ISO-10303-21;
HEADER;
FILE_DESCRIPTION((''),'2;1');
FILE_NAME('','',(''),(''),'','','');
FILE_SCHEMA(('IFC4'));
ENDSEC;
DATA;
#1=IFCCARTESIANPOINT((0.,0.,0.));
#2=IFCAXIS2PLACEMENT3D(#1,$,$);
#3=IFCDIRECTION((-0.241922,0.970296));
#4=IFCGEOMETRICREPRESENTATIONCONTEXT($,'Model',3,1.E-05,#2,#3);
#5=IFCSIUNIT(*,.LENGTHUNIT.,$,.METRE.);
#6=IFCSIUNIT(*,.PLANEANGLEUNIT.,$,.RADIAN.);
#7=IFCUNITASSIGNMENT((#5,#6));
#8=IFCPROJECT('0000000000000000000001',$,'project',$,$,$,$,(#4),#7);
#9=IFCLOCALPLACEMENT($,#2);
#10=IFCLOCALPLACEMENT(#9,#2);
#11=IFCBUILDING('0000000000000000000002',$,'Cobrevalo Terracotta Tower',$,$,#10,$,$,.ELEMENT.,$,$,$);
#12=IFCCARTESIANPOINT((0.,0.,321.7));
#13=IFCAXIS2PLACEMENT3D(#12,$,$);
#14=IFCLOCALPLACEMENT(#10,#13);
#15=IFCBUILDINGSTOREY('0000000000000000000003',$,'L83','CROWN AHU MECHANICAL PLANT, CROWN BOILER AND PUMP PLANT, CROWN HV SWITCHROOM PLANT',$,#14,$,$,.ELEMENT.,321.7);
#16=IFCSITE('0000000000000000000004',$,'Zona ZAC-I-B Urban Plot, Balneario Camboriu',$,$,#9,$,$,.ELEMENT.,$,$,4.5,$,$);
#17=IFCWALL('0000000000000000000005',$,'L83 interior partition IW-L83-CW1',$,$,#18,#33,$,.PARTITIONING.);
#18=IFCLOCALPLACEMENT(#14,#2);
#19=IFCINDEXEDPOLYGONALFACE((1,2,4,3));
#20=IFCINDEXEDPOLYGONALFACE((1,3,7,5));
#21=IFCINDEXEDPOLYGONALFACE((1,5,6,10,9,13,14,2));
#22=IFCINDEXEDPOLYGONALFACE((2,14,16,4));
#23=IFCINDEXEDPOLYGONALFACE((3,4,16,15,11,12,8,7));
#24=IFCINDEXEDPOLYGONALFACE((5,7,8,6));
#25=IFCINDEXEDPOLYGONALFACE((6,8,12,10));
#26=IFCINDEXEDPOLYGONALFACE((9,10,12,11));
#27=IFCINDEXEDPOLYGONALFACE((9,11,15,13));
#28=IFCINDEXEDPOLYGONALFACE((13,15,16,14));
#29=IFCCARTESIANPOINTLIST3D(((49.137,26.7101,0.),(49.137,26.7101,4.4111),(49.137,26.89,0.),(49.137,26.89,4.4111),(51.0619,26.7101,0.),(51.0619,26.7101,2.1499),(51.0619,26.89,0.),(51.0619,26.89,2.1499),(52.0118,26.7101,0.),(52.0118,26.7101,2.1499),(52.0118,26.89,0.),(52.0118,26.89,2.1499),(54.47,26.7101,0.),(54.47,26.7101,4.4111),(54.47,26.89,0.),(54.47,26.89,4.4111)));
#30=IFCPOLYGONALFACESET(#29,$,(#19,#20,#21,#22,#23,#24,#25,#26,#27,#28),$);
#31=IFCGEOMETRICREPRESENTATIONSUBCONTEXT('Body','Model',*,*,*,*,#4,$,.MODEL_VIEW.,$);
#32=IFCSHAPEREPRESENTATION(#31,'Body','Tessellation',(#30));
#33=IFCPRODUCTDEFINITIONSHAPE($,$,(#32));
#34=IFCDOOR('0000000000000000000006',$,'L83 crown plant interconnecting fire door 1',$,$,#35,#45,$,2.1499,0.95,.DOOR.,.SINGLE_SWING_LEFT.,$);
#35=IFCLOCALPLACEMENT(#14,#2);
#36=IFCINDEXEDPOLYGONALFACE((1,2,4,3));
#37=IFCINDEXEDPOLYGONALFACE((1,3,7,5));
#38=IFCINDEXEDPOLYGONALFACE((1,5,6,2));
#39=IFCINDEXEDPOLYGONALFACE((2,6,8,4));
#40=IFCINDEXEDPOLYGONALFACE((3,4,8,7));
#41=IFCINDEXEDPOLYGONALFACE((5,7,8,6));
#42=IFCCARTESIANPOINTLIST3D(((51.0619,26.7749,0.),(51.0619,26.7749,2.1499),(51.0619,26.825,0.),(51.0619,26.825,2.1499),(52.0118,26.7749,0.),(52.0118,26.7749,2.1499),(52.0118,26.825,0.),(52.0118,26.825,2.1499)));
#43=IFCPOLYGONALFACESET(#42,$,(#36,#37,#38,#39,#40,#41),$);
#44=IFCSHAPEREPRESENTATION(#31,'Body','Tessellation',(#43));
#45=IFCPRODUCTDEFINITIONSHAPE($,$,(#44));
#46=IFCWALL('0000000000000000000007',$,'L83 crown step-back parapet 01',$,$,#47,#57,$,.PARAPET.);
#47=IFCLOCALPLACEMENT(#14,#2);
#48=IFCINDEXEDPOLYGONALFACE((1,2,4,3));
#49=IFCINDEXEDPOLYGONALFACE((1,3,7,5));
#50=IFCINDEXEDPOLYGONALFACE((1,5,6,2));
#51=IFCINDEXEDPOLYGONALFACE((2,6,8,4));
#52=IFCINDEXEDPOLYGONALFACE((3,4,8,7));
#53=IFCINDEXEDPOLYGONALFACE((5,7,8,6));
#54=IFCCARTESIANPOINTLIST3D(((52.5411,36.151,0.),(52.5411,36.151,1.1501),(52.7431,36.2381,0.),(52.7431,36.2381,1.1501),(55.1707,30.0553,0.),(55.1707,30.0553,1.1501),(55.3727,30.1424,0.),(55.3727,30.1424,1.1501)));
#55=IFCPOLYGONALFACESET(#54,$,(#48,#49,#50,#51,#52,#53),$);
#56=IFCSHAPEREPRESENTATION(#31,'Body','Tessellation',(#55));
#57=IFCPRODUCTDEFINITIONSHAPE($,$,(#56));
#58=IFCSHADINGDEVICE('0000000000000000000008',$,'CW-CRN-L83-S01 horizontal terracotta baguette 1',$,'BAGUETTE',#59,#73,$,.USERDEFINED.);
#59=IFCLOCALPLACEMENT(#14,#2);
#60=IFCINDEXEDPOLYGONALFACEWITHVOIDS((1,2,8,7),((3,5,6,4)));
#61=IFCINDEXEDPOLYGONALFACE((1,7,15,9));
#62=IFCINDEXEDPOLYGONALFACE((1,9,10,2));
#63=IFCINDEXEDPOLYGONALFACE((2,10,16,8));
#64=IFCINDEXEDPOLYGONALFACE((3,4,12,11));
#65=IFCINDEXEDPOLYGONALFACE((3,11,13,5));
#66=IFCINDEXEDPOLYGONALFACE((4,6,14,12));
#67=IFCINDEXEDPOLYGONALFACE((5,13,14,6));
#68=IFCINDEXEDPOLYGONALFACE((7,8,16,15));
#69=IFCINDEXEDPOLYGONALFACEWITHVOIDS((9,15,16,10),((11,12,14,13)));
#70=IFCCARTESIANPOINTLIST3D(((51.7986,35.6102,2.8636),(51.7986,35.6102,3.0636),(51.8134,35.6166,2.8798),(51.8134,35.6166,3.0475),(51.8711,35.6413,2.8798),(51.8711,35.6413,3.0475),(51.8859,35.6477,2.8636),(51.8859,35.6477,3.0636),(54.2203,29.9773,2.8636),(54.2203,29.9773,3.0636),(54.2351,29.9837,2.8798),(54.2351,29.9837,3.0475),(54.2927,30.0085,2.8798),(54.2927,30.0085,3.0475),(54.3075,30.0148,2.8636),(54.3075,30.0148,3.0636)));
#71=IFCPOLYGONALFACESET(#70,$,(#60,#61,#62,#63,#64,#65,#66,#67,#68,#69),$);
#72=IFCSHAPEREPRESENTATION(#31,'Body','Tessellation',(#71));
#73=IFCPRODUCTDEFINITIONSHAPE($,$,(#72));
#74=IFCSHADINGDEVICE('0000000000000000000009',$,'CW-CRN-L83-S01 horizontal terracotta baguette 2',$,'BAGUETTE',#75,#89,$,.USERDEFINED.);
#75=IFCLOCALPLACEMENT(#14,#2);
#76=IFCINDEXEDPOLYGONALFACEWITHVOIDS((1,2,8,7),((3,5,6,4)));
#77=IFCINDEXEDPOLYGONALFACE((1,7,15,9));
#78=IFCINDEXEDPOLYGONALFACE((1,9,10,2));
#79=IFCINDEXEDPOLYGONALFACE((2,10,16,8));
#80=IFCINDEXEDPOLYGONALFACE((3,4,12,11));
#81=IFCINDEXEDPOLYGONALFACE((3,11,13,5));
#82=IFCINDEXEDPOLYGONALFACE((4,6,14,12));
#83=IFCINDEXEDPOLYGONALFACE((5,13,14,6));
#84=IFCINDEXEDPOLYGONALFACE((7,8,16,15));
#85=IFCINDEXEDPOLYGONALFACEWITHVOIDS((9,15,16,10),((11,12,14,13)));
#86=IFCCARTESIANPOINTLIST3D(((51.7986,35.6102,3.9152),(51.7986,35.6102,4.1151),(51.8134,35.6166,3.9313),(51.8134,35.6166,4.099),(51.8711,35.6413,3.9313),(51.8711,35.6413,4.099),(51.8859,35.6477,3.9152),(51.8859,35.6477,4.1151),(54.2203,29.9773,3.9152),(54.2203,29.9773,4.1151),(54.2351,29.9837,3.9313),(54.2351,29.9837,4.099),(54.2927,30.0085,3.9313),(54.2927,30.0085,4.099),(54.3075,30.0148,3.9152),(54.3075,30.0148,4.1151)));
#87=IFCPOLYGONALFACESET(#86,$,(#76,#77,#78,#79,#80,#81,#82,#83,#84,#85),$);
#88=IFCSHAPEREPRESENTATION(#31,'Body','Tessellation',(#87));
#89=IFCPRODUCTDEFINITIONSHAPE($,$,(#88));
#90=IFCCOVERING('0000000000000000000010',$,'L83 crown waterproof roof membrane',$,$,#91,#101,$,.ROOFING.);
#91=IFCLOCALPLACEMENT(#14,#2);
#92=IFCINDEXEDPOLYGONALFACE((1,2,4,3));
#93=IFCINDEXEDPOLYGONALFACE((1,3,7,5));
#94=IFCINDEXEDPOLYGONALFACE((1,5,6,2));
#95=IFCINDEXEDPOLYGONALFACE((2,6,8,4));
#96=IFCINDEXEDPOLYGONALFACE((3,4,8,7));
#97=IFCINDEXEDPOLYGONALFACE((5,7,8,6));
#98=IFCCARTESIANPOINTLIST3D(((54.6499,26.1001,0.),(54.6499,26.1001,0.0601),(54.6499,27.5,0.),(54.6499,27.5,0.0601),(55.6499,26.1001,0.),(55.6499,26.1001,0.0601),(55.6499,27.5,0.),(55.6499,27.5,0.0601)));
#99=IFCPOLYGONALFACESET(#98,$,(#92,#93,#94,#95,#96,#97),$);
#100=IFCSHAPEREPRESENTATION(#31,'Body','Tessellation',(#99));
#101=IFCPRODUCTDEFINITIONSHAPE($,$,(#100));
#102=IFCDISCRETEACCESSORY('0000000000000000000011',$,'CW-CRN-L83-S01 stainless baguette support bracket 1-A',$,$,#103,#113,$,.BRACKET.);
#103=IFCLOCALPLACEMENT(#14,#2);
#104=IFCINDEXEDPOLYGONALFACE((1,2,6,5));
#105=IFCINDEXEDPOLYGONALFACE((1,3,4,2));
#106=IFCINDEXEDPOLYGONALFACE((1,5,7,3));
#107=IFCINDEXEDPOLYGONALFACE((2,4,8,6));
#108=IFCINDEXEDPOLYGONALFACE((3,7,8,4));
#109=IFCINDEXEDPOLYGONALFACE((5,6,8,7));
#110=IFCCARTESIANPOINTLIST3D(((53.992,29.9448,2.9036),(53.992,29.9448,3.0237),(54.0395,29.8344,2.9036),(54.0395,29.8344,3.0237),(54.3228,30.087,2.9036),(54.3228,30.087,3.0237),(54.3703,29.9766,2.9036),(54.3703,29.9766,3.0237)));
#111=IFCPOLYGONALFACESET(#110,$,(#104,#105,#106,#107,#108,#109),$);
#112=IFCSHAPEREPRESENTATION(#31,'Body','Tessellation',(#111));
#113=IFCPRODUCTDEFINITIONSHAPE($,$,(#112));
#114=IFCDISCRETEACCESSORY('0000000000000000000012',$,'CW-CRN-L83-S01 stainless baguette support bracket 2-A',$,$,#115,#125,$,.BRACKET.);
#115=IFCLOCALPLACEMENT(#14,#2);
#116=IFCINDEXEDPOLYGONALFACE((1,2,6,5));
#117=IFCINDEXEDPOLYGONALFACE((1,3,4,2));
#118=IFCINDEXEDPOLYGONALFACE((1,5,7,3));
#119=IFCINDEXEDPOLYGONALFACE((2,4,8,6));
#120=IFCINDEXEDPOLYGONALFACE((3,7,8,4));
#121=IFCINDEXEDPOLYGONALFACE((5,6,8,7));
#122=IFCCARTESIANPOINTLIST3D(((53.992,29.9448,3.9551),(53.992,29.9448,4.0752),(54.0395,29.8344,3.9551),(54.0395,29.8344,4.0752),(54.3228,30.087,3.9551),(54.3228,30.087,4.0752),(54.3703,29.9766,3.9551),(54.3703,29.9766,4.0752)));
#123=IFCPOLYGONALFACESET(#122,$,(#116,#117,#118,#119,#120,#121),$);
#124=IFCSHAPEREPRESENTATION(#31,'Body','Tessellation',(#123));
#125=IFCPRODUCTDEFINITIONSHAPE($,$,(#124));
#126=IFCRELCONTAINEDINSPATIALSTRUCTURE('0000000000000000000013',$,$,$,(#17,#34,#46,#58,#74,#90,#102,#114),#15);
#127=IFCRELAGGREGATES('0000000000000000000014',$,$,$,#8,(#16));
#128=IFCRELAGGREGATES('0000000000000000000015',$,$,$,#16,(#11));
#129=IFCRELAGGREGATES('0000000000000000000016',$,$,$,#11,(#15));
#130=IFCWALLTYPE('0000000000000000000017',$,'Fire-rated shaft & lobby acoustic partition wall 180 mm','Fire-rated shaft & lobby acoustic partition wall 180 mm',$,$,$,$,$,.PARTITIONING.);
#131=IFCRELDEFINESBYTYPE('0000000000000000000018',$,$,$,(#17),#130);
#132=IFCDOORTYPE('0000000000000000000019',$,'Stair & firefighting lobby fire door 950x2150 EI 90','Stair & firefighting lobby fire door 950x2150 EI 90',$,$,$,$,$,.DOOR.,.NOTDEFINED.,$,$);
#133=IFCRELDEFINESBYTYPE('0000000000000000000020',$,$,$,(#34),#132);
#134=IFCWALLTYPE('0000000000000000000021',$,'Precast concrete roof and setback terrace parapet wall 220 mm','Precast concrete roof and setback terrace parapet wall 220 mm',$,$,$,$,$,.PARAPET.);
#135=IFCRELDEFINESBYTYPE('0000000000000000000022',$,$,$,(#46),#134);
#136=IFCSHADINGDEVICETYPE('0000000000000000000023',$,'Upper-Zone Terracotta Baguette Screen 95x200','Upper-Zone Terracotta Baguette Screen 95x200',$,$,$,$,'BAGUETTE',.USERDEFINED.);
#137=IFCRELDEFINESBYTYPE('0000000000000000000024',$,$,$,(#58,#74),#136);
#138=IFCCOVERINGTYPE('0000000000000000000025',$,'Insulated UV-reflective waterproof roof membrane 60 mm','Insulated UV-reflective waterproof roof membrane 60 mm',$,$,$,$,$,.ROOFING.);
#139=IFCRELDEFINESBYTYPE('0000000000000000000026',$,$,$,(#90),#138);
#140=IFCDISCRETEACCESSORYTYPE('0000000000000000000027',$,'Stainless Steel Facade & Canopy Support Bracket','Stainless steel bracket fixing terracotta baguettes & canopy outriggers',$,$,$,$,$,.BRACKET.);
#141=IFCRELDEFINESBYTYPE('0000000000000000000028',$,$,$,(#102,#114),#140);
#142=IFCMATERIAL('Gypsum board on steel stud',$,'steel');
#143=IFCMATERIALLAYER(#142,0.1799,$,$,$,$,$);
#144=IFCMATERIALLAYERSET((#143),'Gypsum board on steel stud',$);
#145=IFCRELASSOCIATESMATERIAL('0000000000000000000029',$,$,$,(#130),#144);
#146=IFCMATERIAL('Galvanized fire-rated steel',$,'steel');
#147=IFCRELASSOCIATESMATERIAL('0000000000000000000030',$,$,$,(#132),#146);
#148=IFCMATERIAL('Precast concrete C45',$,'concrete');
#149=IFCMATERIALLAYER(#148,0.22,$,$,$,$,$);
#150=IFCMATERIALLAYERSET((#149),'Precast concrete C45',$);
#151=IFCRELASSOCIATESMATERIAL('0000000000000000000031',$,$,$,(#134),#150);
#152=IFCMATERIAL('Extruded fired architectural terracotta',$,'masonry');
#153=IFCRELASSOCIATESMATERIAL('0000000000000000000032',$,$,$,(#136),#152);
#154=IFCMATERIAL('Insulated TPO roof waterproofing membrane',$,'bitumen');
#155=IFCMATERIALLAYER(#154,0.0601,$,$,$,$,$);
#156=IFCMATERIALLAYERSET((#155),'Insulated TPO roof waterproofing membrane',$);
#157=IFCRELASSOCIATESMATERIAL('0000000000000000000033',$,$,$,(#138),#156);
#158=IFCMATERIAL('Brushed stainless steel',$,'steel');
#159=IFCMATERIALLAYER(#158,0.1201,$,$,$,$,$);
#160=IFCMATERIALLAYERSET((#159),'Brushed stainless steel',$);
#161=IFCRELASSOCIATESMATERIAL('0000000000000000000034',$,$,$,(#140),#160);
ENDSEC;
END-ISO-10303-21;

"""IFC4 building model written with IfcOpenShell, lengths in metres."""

from ifc_helpers import new_model, si_unit, direction, frame, frame_2d, origin, origin_2d, place, context, subcontext, project, spatial, rectangle, hollow_rectangle, extrude, source, transform, mapped, material, layer, layer_set, material_profile, profile_set, type_object, element, fill, save


model = new_model("IFC4")

# Units and contexts
model_context = context("Model", 3, precision=1e-05, world=origin(), true_north=direction((-0.241922, 0.970296)))
body_context = subcontext(model_context, "Body", "Model", "MODEL_VIEW")
ifc_project = project(units=[si_unit("LENGTHUNIT", "METRE"), si_unit("PLANEANGLEUNIT", "RADIAN")], contexts=[model_context])

# Site, building, storey
site_placement = place(None, origin())
site = spatial("IfcSite", under=ifc_project, at=site_placement, Name="Zona ZAC-I-B Urban Plot, Balneario Camboriu", CompositionType="ELEMENT", RefElevation=4.5)
building_placement = place(site_placement, origin())
building = spatial("IfcBuilding", under=site, at=building_placement, Name="Cobrevalo Terracotta Tower", CompositionType="ELEMENT")
storey_placement = place(building_placement, frame((0.0, 0.0, 321.7)))
storey = spatial("IfcBuildingStorey", under=building, at=storey_placement, Name="L83", Description="CROWN AHU MECHANICAL PLANT, CROWN BOILER AND PUMP PLANT, CROWN HV SWITCHROOM PLANT", CompositionType="ELEMENT", Elevation=321.7)

# Wall, opening, door
ifc_material_1 = material(Name="Gypsum board on steel stud", Category="steel")
ifc_layer_1 = layer(ifc_material_1, 0.1799)
ifc_layer_set_1 = layer_set([ifc_layer_1], Name="Gypsum board on steel stud")
wall_type_1 = type_object("IfcWallType", Name="Fire-rated shaft & lobby acoustic partition wall 180 mm", Description="Fire-rated shaft & lobby acoustic partition wall 180 mm", PredefinedType="PARTITIONING", material=ifc_layer_set_1)
wall_1_placement = place(storey_placement, frame((49.137, 26.8, 0.0), z_axis=(0.0, 0.0, 1.0), x_axis=(1.0, 0.0, 0.0)))
wall_1 = element("IfcWall", 1, at=wall_1_placement, inside=storey, type_object=wall_type_1, Name="L83 interior partition IW-L83-CW1", PredefinedType="PARTITIONING", context=body_context, shape_type="SweptSolid", body=[
    extrude(rectangle(XDim=5.333, YDim=0.1799, at=frame_2d((2.6665, 0.0))), origin(), (0.0, 0.0, 1.0), 4.4111),
])
opening_placement = place(wall_1_placement, frame((1.9248, 0.0, 0.0)))
opening = element("IfcOpeningElement", 2, at=opening_placement, cuts=wall_1, PredefinedType="OPENING", context=body_context, shape_type="SweptSolid", body=[
    extrude(rectangle(XDim=0.95, YDim=2.1499, at=frame_2d((0.4751, 1.075))), frame((0.0, 0.1001, 0.0), z_axis=(0.0, -1.0, 0.0), x_axis=(1.0, 0.0, 0.0)), (0.0, 0.0, 1.0), 0.2),
])
ifc_material_2 = material(Name="Galvanized fire-rated steel", Category="steel")
door_type = type_object("IfcDoorType", Name="Stair & firefighting lobby fire door 950x2150 EI 90", Description="Stair & firefighting lobby fire door 950x2150 EI 90", OperationType="NOTDEFINED", PredefinedType="DOOR", material=ifc_material_2)
shared_shape_1 = source(origin(), body_context, "Body", "SweptSolid", [
    extrude(rectangle(XDim=0.95, YDim=2.1499, at=frame_2d((0.4751, 1.075))), frame((0.0, 0.0249, 0.0), z_axis=(0.0, -1.0, 0.0), x_axis=(1.0, 0.0, 0.0)), (0.0, 0.0, 1.0), 0.05),
])
door_placement = place(opening_placement, origin())
door = element("IfcDoor", 3, at=door_placement, inside=storey, type_object=door_type, Name="L83 crown plant interconnecting fire door 1", OperationType="SINGLE_SWING_LEFT", OverallHeight=2.1499, OverallWidth=0.95, PredefinedType="DOOR", context=body_context, shape_type="MappedRepresentation", body=[
    mapped(shared_shape_1, transform((0.0, 0.0, 0.0), scale=1.0)),
])
fill(opening, door)

# Wall
ifc_material_3 = material(Name="Precast concrete C45", Category="concrete")
ifc_layer_2 = layer(ifc_material_3, 0.22)
ifc_layer_set_2 = layer_set([ifc_layer_2], Name="Precast concrete C45")
wall_type_2 = type_object("IfcWallType", Name="Precast concrete roof and setback terrace parapet wall 220 mm", Description="Precast concrete roof and setback terrace parapet wall 220 mm", PredefinedType="PARAPET", material=ifc_layer_set_2)
wall_2_placement = place(storey_placement, frame((55.2717, 30.0989, 0.0), z_axis=(0.0, 0.0, 1.0), x_axis=(-0.396106, 0.918205, 0.0)))
element("IfcWall", 4, at=wall_2_placement, inside=storey, type_object=wall_type_2, Name="L83 crown step-back parapet 01", PredefinedType="PARAPET", context=body_context, shape_type="SweptSolid", body=[
    extrude(rectangle(XDim=6.6387, YDim=0.22, at=frame_2d((3.3193, 0.0))), origin(), (0.0, 0.0, 1.0), 1.1501),
])

# Shading devices
ifc_material_4 = material(Name="Extruded fired architectural terracotta", Category="masonry")
ifc_material_profile_1 = material_profile(ifc_material_4, hollow_rectangle(XDim=0.095, YDim=0.2, WallThickness=0.0161, at=origin_2d()), Name="BAGUETTE 95x200")
ifc_profile_set_1 = profile_set([ifc_material_profile_1], Name="Extruded fired architectural terracotta")
shading_device_type = type_object("IfcShadingDeviceType", Name="Upper-Zone Terracotta Baguette Screen 95x200", Description="Upper-Zone Terracotta Baguette Screen 95x200", ElementType="BAGUETTE", PredefinedType="USERDEFINED", material=ifc_profile_set_1)
shared_shape_2 = source(origin(), body_context, "Body", "SweptSolid", [
    extrude(hollow_rectangle(XDim=0.095, YDim=0.2, WallThickness=0.0161, at=origin_2d()), origin(), (0.0, 0.0, 1.0), 6.1313),
])
for number, where, z_axis, x_axis, name in (
    (5, (54.2639, 29.9961, 2.9636), (-0.394962, 0.918698, 0.0), (-0.918698, -0.394962, 0.0), "CW-CRN-L83-S01 horizontal terracotta baguette 1"),
    (6, (54.2639, 29.9961, 4.0151), (-0.394962, 0.918698, 0.0), (-0.918698, -0.394962, 0.0), "CW-CRN-L83-S01 horizontal terracotta baguette 2"),
):
    element("IfcShadingDevice", number, at=place(storey_placement, frame(where, z_axis=z_axis, x_axis=x_axis)), inside=storey, type_object=shading_device_type, Name=name, ObjectType="BAGUETTE", PredefinedType="USERDEFINED", context=body_context, shape_type="MappedRepresentation", body=[
        mapped(shared_shape_2, transform((0.0, 0.0, 0.0), scale=1.0)),
    ])

# Covering
ifc_material_5 = material(Name="Insulated TPO roof waterproofing membrane", Category="bitumen")
ifc_layer_3 = layer(ifc_material_5, 0.0601)
ifc_layer_set_3 = layer_set([ifc_layer_3], Name="Insulated TPO roof waterproofing membrane")
covering_type = type_object("IfcCoveringType", Name="Insulated UV-reflective waterproof roof membrane 60 mm", Description="Insulated UV-reflective waterproof roof membrane 60 mm", PredefinedType="ROOFING", material=ifc_layer_set_3)
shared_shape_3 = source(origin(), body_context, "Body", "SweptSolid", [
    extrude(rectangle(XDim=1.0, YDim=1.3999, at=origin_2d()), origin(), (0.0, 0.0, 1.0), 0.0601),
])
covering_placement = place(storey_placement, frame((55.1499, 26.8, 0.0), z_axis=(0.0, 0.0, 1.0), x_axis=(1.0, 0.0, 0.0)))
element("IfcCovering", 7, at=covering_placement, inside=storey, type_object=covering_type, Name="L83 crown waterproof roof membrane", PredefinedType="ROOFING", context=body_context, shape_type="MappedRepresentation", body=[
    mapped(shared_shape_3, transform((0.0, 0.0, 0.0), scale=1.0)),
])

# Discrete accessories
ifc_material_6 = material(Name="Brushed stainless steel", Category="steel")
ifc_layer_4 = layer(ifc_material_6, 0.1201)
ifc_layer_set_4 = layer_set([ifc_layer_4], Name="Brushed stainless steel")
discrete_accessory_type = type_object("IfcDiscreteAccessoryType", Name="Stainless Steel Facade & Canopy Support Bracket", Description="Stainless steel bracket fixing terracotta baguettes & canopy outriggers", PredefinedType="BRACKET", material=ifc_layer_set_4)
shared_shape_4 = source(origin(), body_context, "Body", "SweptSolid", [
    extrude(rectangle(XDim=0.1201, YDim=0.3601, at=origin_2d()), origin(), (0.0, 0.0, 1.0), 0.1201),
])
for number, where, z_axis, x_axis, name in (
    (8, (54.1812, 29.9607, 2.9036), (0.0, 0.0, 1.0), (-0.39496, 0.918698, 0.0), "CW-CRN-L83-S01 stainless baguette support bracket 1-A"),
    (9, (54.1812, 29.9607, 3.9551), (0.0, 0.0, 1.0), (-0.39496, 0.918698, 0.0), "CW-CRN-L83-S01 stainless baguette support bracket 2-A"),
):
    element("IfcDiscreteAccessory", number, at=place(storey_placement, frame(where, z_axis=z_axis, x_axis=x_axis)), inside=storey, type_object=discrete_accessory_type, Name=name, PredefinedType="BRACKET", context=body_context, shape_type="MappedRepresentation", body=[
        mapped(shared_shape_4, transform((0.0, 0.0, 0.0), scale=1.0)),
    ])

save(model, "model.ifc")
